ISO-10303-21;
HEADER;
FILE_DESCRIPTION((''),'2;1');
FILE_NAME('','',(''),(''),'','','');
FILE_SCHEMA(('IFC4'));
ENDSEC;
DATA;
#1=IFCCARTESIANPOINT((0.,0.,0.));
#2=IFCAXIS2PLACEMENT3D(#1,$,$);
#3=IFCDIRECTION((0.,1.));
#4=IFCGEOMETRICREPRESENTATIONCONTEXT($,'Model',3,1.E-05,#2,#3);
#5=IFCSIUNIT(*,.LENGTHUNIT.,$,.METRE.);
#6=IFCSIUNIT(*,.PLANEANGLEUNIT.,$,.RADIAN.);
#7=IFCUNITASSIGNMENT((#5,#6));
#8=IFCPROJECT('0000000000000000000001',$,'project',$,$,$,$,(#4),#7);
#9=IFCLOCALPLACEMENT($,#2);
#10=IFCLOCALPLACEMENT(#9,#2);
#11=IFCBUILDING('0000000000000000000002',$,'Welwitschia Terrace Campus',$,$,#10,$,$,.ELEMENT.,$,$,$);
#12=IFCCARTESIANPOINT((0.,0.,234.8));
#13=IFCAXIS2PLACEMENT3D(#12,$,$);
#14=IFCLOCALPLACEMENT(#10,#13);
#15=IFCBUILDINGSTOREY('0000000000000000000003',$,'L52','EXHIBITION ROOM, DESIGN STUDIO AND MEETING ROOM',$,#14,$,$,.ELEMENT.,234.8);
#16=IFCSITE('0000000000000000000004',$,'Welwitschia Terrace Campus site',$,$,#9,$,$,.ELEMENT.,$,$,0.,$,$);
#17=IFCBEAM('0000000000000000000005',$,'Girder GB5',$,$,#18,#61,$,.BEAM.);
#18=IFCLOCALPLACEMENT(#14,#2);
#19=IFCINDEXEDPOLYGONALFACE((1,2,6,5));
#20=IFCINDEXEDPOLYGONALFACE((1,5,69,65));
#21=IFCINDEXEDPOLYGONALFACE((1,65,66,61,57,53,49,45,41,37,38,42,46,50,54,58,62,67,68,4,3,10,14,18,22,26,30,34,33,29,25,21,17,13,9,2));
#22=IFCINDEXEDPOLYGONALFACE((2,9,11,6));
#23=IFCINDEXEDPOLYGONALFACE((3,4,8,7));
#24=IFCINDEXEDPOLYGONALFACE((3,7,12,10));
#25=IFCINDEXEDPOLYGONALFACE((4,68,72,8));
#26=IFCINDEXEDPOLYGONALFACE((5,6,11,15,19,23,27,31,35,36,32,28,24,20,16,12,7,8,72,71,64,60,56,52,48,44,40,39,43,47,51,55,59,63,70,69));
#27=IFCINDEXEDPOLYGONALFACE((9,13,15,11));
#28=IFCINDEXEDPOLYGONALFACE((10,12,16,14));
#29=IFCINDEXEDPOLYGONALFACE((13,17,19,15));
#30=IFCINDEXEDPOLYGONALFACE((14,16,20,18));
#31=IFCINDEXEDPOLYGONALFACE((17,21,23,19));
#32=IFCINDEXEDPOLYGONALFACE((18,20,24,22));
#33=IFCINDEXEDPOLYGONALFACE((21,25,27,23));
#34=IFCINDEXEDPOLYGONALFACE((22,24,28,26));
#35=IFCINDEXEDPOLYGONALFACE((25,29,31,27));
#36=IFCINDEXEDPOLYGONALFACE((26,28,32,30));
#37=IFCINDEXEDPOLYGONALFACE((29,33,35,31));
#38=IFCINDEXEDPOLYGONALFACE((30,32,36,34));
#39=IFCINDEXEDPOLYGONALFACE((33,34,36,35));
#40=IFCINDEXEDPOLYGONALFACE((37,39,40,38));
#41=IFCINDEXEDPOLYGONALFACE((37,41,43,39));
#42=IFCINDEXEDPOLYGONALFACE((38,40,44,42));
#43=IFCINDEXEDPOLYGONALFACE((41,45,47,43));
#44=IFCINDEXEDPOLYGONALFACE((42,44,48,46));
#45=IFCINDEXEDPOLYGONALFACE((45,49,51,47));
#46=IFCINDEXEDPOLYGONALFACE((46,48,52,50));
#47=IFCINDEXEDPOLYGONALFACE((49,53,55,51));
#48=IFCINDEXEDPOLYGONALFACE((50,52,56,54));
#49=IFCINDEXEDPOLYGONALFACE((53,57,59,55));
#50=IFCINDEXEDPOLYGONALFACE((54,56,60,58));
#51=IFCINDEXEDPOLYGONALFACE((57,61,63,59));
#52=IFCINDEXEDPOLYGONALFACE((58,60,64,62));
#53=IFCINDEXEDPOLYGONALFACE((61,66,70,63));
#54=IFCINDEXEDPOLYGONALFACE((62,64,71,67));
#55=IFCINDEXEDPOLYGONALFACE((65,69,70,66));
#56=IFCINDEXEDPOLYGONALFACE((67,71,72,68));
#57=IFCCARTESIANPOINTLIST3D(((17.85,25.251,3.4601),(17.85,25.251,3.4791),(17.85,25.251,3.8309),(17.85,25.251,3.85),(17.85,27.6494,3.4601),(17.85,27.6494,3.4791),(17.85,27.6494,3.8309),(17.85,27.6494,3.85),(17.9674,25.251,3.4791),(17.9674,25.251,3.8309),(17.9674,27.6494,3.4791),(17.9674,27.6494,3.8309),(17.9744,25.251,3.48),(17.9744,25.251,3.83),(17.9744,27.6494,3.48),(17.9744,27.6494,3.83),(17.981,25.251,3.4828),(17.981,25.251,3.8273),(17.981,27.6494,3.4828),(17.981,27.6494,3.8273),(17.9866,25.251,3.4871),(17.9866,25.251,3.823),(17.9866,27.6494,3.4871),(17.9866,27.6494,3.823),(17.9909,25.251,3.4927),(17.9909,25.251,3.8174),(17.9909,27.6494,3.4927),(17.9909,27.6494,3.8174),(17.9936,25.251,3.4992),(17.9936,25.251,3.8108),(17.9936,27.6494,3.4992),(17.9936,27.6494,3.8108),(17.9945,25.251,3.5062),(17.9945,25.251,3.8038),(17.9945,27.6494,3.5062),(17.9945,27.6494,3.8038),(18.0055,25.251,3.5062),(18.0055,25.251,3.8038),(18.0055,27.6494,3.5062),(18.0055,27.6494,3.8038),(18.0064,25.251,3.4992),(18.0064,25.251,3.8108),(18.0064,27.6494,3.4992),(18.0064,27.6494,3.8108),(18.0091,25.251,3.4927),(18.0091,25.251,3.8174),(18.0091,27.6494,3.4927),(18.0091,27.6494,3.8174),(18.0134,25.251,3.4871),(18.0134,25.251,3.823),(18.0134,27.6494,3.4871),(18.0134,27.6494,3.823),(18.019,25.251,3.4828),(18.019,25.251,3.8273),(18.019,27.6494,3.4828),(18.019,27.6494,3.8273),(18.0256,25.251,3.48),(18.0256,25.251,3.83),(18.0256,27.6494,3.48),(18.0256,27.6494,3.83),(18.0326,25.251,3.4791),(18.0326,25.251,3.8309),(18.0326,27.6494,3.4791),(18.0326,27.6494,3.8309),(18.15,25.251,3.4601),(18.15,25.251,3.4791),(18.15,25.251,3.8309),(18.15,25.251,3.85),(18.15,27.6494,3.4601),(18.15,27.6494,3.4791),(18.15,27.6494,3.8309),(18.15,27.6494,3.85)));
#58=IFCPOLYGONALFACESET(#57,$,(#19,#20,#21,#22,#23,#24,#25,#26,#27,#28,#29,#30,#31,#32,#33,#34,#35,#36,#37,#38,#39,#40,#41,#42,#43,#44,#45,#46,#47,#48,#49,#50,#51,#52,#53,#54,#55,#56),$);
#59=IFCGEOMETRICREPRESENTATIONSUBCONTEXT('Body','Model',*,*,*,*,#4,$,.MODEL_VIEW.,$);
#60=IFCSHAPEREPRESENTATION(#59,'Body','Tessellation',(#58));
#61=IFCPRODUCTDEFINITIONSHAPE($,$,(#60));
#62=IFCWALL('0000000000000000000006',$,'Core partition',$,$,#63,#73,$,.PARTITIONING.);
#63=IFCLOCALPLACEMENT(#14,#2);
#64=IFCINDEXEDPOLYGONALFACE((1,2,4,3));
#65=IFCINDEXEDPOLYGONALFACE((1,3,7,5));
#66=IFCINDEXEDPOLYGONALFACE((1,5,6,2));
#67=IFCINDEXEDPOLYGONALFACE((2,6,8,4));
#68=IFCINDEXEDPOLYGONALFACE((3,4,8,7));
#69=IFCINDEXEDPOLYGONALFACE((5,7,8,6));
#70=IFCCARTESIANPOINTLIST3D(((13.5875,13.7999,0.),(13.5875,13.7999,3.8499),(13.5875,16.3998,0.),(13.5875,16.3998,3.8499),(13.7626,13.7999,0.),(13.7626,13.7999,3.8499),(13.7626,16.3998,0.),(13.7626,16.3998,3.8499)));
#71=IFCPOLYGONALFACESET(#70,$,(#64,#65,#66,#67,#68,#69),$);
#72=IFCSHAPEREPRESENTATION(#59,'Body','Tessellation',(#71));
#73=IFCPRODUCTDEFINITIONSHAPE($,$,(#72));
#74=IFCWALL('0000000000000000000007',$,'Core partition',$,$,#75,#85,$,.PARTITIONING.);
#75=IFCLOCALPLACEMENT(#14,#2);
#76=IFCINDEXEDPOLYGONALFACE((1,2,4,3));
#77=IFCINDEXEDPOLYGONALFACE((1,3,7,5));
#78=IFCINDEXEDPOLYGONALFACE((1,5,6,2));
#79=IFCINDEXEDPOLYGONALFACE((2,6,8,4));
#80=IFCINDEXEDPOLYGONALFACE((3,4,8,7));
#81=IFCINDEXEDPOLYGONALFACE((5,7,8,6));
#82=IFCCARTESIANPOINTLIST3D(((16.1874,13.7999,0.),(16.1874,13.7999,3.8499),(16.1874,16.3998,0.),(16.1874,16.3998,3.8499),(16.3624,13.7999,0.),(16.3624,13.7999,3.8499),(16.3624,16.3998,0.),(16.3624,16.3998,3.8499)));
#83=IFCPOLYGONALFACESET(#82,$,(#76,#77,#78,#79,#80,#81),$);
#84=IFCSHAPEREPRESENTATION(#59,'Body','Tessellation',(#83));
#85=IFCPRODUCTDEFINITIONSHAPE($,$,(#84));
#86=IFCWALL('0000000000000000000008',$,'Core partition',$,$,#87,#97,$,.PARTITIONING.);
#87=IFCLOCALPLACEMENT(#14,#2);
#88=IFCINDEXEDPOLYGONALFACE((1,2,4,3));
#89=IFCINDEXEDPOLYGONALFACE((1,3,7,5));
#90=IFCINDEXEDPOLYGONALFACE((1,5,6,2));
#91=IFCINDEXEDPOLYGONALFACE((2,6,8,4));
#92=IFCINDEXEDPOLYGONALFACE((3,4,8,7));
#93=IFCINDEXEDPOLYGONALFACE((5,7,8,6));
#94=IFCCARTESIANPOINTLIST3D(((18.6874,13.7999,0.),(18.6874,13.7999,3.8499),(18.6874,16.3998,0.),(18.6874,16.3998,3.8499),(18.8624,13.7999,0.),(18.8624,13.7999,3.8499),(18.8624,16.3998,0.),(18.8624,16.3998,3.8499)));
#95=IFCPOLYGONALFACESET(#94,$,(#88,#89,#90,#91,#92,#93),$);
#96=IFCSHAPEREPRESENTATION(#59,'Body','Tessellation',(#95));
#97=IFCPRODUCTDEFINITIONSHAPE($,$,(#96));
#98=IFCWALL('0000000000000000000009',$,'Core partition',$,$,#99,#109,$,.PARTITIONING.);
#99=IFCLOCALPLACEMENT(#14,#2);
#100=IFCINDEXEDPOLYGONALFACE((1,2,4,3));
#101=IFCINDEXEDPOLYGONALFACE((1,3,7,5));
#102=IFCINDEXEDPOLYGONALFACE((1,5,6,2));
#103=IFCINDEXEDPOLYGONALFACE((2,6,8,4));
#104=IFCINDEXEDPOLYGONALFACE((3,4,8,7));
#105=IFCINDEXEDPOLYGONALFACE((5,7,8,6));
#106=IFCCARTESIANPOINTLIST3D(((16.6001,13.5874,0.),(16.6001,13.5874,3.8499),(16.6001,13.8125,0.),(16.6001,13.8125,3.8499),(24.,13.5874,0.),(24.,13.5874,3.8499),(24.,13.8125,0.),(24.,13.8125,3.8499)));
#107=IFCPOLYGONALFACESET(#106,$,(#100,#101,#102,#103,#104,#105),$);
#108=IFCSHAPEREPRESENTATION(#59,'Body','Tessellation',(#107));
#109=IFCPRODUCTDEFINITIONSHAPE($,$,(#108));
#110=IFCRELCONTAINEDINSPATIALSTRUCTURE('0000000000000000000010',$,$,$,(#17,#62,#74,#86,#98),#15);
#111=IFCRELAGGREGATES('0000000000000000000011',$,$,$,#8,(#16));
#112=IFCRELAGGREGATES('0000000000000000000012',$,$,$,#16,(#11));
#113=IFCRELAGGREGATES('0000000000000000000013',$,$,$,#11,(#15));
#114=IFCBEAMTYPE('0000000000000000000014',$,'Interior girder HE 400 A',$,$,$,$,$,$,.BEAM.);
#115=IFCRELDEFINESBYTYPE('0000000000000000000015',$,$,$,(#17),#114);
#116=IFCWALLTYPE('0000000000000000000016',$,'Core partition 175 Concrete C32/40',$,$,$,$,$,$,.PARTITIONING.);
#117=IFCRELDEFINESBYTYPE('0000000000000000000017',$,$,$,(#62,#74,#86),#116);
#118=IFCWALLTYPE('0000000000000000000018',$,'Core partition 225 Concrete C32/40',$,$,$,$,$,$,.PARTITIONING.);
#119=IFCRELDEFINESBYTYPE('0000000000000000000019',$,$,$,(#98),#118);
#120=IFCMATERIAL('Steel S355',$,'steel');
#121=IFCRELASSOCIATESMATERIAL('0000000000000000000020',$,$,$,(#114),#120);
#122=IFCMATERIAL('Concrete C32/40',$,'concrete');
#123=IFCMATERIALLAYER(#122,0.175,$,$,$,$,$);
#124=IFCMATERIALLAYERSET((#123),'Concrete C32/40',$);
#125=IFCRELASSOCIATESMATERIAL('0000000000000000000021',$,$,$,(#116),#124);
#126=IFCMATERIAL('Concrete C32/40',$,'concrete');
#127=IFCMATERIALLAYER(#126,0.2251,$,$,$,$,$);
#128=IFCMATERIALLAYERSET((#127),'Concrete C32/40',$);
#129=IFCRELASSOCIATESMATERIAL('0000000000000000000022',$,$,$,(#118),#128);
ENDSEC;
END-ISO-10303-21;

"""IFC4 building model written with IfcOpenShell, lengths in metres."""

from ifc_helpers import new_model, si_unit, direction, frame, frame_2d, origin, origin_2d, place, context, subcontext, project, spatial, rectangle, i_section, extrude, material, layer, layer_set, material_profile, profile_set, type_object, element, save


model = new_model("IFC4")

# Units and contexts
model_context = context("Model", 3, precision=1e-05, world=origin(), true_north=direction((0.0, 1.0)))
body_context = subcontext(model_context, "Body", "Model", "MODEL_VIEW")
ifc_project = project(units=[si_unit("LENGTHUNIT", "METRE"), si_unit("PLANEANGLEUNIT", "RADIAN")], contexts=[model_context])

# Site, building, storey
site_placement = place(None, origin())
site = spatial("IfcSite", under=ifc_project, at=site_placement, Name="Welwitschia Terrace Campus site", CompositionType="ELEMENT", RefElevation=0.0)
building_placement = place(site_placement, origin())
building = spatial("IfcBuilding", under=site, at=building_placement, Name="Welwitschia Terrace Campus", CompositionType="ELEMENT")
storey_placement = place(building_placement, frame((0.0, 0.0, 234.8)))
storey = spatial("IfcBuildingStorey", under=building, at=storey_placement, Name="L52", Description="EXHIBITION ROOM, DESIGN STUDIO AND MEETING ROOM", CompositionType="ELEMENT", Elevation=234.8)

# Beam
ifc_material_1 = material(Name="Steel S355", Category="steel")
ifc_material_profile = material_profile(ifc_material_1, i_section(OverallWidth=0.3, OverallDepth=0.3899, WebThickness=0.011, FlangeThickness=0.019, FilletRadius=0.0271, at=origin_2d()))
ifc_profile_set = profile_set([ifc_material_profile], Name="Steel S355")
beam_type = type_object("IfcBeamType", Name="Interior girder HE 400 A", PredefinedType="BEAM", material=ifc_profile_set)
beam_placement = place(storey_placement, frame((18.0, 25.251, 3.655), z_axis=(0.0, 1.0, 0.0), x_axis=(-1.0, 0.0, 0.0)))
element("IfcBeam", 1, at=beam_placement, inside=storey, type_object=beam_type, Name="Girder GB5", PredefinedType="BEAM", context=body_context, shape_type="SweptSolid", body=[
    extrude(i_section(OverallWidth=0.3, OverallDepth=0.3899, WebThickness=0.011, FlangeThickness=0.019, FilletRadius=0.0271, at=origin_2d()), origin(), (0.0, 0.0, 1.0), 2.3984),
])

# Walls
ifc_material_2 = material(Name="Concrete C32/40", Category="concrete")
ifc_layer_1 = layer(ifc_material_2, 0.175)
ifc_layer_set_1 = layer_set([ifc_layer_1], Name="Concrete C32/40")
wall_type_1 = type_object("IfcWallType", Name="Core partition 175 Concrete C32/40", PredefinedType="PARTITIONING", material=ifc_layer_set_1)
for number, where, z_axis, x_axis, name in (
    (2, (13.675, 13.8, 0.0), (0.0, 0.0, 1.0), (0.0, 1.0, 0.0), "Core partition"),
    (3, (16.2749, 13.8, 0.0), (0.0, 0.0, 1.0), (0.0, 1.0, 0.0), "Core partition"),
    (4, (18.7749, 13.8, 0.0), (0.0, 0.0, 1.0), (0.0, 1.0, 0.0), "Core partition"),
):
    element("IfcWall", number, at=place(storey_placement, frame(where, z_axis=z_axis, x_axis=x_axis)), inside=storey, type_object=wall_type_1, Name=name, PredefinedType="PARTITIONING", context=body_context, shape_type="SweptSolid", body=[
        extrude(rectangle(XDim=2.5999, YDim=0.175, at=frame_2d((1.2998, 0.0))), origin(), (0.0, 0.0, 1.0), 3.8499),
    ])
ifc_material_3 = material(Name="Concrete C32/40", Category="concrete")
ifc_layer_2 = layer(ifc_material_3, 0.2251)
ifc_layer_set_2 = layer_set([ifc_layer_2], Name="Concrete C32/40")
wall_type_2 = type_object("IfcWallType", Name="Core partition 225 Concrete C32/40", PredefinedType="PARTITIONING", material=ifc_layer_set_2)
wall_1_placement = place(storey_placement, frame((16.6001, 13.7, 0.0), z_axis=(0.0, 0.0, 1.0), x_axis=(1.0, 0.0, 0.0)))
element("IfcWall", 5, at=wall_1_placement, inside=storey, type_object=wall_type_2, Name="Core partition", PredefinedType="PARTITIONING", context=body_context, shape_type="SweptSolid", body=[
    extrude(rectangle(XDim=7.3999, YDim=0.2251, at=frame_2d((3.7, 0.0))), origin(), (0.0, 0.0, 1.0), 3.8499),
])

save(model, "model.ifc")
